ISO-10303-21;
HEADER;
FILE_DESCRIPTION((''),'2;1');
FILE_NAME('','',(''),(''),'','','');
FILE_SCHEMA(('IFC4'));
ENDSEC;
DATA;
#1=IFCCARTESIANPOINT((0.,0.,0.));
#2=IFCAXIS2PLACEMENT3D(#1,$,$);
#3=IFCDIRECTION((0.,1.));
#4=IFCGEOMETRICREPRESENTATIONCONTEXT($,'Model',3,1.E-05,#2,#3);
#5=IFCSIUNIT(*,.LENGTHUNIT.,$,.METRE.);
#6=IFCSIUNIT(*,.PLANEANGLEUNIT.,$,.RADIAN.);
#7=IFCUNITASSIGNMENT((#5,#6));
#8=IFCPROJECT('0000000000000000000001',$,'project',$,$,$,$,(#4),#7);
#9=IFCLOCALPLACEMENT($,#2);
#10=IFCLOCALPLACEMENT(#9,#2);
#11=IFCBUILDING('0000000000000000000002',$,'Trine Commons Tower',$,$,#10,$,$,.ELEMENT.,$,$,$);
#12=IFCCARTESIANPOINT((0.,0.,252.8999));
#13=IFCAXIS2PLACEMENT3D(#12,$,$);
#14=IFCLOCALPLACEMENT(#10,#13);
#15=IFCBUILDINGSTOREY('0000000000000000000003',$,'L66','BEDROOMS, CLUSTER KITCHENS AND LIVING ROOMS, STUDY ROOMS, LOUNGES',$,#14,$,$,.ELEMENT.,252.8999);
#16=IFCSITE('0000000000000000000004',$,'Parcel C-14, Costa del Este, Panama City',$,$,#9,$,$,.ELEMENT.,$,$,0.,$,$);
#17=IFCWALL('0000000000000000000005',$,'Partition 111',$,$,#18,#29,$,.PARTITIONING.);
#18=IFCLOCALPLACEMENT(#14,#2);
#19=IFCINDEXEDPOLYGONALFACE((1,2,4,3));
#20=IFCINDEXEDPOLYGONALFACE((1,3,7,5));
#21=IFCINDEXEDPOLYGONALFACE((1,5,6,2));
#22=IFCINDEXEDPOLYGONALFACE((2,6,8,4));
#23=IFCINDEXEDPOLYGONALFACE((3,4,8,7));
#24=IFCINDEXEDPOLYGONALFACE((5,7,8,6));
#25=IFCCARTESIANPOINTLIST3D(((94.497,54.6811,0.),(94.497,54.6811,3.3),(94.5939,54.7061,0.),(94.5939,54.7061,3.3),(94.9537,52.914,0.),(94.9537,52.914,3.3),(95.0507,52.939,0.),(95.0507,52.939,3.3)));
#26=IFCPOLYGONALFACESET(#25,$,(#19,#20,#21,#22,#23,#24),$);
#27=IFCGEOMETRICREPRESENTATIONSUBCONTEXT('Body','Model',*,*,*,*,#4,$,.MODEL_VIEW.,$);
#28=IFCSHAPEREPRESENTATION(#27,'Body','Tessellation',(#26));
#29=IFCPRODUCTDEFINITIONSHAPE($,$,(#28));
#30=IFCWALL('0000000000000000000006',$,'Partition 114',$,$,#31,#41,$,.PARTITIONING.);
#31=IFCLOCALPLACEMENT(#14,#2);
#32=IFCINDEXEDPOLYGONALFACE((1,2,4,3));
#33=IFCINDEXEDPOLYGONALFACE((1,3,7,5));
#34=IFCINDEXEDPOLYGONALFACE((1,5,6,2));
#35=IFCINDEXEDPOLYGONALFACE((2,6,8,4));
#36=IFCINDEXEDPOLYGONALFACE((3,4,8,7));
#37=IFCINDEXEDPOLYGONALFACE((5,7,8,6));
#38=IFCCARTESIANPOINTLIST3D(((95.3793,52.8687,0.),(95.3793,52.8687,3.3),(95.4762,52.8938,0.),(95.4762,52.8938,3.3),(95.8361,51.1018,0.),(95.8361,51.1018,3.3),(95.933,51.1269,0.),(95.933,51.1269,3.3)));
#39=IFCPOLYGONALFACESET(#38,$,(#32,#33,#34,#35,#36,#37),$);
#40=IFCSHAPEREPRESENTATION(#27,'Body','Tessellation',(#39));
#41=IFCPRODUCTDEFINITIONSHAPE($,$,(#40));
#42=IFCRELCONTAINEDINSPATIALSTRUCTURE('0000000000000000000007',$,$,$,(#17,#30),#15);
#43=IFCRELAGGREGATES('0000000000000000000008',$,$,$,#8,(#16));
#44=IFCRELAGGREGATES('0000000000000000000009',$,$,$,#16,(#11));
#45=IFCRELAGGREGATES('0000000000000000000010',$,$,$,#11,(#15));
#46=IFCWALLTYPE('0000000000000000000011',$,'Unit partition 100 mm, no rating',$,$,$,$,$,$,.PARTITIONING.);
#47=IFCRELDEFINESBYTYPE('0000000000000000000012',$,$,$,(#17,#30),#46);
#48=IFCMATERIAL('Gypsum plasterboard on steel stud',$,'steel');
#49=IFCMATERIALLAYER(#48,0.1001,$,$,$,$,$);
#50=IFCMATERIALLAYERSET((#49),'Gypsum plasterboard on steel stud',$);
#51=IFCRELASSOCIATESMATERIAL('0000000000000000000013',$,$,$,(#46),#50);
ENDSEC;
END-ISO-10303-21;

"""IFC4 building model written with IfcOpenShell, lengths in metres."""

from ifc_helpers import new_model, si_unit, direction, frame, frame_2d, origin, place, context, subcontext, project, spatial, rectangle, extrude, material, layer, layer_set, type_object, element, save


model = new_model("IFC4")

# Units and contexts
model_context = context("Model", 3, precision=1e-05, world=origin(), true_north=direction((0.0, 1.0)))
body_context = subcontext(model_context, "Body", "Model", "MODEL_VIEW")
ifc_project = project(units=[si_unit("LENGTHUNIT", "METRE"), si_unit("PLANEANGLEUNIT", "RADIAN")], contexts=[model_context])

# Site, building, storey
site_placement = place(None, origin())
site = spatial("IfcSite", under=ifc_project, at=site_placement, Name="Parcel C-14, Costa del Este, Panama City", CompositionType="ELEMENT", RefElevation=0.0)
building_placement = place(site_placement, origin())
building = spatial("IfcBuilding", under=site, at=building_placement, Name="Trine Commons Tower", CompositionType="ELEMENT")
storey_placement = place(building_placement, frame((0.0, 0.0, 252.8999)))
storey = spatial("IfcBuildingStorey", under=building, at=storey_placement, Name="L66", Description="BEDROOMS, CLUSTER KITCHENS AND LIVING ROOMS, STUDY ROOMS, LOUNGES", CompositionType="ELEMENT", Elevation=252.8999)

# Shared definitions
ifc_material_1 = material(Name="Gypsum plasterboard on steel stud", Category="steel")

# Shared definitions
ifc_layer_1 = layer(ifc_material_1, 0.1001)
ifc_layer_set_1 = layer_set([ifc_layer_1], Name="Gypsum plasterboard on steel stud")
wall_type_1 = type_object("IfcWallType", Name="Unit partition 100 mm, no rating", PredefinedType="PARTITIONING", material=ifc_layer_set_1)

# Walls
wall_1_placement = place(storey_placement, frame((94.5454, 54.6936, 0.0), z_axis=(0.0, 0.0, 1.0), x_axis=(0.25027, -0.968176, 0.0)))
element("IfcWall", 1, at=wall_1_placement, inside=storey, type_object=wall_type_1, Name="Partition 111", PredefinedType="PARTITIONING", context=body_context, shape_type="SweptSolid", body=[
    extrude(rectangle(XDim=1.8252, YDim=0.1001, at=frame_2d((0.9126, 0.0))), origin(), (0.0, 0.0, 1.0), 3.3),
])
wall_2_placement = place(storey_placement, frame((95.4277, 52.8813, 0.0), z_axis=(0.0, 0.0, 1.0), x_axis=(0.250303, -0.968168, 0.0)))
element("IfcWall", 2, at=wall_2_placement, inside=storey, type_object=wall_type_1, Name="Partition 114", PredefinedType="PARTITIONING", context=body_context, shape_type="SweptSolid", body=[
    extrude(rectangle(XDim=1.825, YDim=0.1001, at=frame_2d((0.9126, 0.0))), origin(), (0.0, 0.0, 1.0), 3.3),
])

save(model, "model.ifc")
